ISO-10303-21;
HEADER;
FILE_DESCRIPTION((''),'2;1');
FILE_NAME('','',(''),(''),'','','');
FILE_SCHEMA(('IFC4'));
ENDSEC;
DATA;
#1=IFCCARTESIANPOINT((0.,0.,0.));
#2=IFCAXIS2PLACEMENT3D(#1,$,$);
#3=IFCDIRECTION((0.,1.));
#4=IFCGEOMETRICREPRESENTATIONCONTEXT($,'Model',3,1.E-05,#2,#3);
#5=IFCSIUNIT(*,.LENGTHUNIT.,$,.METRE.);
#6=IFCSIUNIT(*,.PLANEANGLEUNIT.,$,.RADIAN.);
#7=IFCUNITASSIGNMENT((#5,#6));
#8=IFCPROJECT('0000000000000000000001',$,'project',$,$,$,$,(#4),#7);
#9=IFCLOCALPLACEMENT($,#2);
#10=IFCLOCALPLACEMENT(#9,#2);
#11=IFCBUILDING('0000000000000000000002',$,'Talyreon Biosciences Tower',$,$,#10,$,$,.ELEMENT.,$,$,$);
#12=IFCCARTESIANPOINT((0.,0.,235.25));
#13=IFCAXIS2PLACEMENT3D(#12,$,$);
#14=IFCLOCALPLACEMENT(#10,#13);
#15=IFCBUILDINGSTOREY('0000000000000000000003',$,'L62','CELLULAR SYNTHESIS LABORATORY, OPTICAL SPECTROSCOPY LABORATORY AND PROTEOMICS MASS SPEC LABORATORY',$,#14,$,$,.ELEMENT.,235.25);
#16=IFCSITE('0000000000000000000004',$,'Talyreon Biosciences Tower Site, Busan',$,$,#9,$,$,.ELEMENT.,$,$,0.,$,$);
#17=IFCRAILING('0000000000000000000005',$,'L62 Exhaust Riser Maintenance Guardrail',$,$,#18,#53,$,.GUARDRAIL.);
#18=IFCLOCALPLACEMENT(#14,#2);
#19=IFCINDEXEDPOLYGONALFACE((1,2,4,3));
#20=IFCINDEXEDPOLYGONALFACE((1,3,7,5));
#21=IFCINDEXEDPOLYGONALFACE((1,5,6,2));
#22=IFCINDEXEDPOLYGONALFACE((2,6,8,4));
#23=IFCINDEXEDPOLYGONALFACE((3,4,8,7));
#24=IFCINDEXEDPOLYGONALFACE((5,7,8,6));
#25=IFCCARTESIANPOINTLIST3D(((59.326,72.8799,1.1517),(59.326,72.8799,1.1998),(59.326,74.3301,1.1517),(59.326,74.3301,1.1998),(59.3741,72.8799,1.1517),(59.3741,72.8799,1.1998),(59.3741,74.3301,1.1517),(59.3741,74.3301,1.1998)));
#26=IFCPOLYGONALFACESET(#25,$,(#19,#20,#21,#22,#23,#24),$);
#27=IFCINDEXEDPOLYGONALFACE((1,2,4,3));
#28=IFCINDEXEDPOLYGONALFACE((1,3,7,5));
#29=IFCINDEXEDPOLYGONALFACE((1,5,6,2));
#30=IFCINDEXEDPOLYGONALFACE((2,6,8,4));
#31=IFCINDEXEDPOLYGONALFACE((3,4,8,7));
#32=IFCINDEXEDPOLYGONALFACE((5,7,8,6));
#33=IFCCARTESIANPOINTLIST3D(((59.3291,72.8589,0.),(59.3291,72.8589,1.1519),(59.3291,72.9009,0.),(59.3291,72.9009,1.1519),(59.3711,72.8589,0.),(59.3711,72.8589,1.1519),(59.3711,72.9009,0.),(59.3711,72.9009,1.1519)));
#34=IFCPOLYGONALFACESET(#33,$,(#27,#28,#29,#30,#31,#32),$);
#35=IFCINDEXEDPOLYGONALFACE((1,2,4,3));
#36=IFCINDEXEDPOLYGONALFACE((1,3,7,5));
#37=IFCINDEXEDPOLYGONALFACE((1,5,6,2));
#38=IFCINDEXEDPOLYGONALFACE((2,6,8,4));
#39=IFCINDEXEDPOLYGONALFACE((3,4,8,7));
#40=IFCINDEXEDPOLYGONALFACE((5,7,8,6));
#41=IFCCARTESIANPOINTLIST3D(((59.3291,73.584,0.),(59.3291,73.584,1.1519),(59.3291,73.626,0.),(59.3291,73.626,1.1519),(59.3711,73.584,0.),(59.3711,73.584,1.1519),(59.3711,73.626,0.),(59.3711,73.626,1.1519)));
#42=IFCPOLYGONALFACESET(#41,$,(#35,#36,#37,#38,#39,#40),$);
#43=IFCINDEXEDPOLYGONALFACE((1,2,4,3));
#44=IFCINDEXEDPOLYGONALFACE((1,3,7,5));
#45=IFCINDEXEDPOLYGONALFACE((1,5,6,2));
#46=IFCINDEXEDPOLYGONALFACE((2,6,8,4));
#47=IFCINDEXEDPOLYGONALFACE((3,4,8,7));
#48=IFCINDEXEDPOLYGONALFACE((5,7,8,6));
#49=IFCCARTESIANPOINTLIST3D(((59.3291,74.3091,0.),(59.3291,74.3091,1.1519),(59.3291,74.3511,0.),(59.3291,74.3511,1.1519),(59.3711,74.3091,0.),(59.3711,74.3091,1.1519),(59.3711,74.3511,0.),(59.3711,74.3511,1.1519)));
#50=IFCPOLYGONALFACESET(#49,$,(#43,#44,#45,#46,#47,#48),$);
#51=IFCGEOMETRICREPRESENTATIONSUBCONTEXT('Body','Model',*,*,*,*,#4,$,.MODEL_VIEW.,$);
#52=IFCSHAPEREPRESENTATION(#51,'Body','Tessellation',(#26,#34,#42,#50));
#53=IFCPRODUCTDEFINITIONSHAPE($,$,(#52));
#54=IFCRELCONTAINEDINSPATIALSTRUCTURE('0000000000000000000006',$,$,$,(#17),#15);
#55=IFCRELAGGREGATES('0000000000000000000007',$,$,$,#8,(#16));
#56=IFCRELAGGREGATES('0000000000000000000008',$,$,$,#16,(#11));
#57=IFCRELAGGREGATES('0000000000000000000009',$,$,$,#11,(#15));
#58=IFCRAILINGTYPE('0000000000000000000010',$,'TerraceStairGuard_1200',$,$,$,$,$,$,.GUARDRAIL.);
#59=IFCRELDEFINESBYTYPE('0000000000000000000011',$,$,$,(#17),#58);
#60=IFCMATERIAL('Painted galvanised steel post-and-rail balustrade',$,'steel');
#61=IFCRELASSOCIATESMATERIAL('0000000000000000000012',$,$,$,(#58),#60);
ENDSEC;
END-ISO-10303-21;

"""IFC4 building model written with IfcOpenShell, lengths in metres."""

from ifc_helpers import new_model, si_unit, direction, frame, origin, origin_2d, place, context, subcontext, project, spatial, rectangle, extrude, material, type_object, element, save


model = new_model("IFC4")

# Units and contexts
model_context = context("Model", 3, precision=1e-05, world=origin(), true_north=direction((0.0, 1.0)))
body_context = subcontext(model_context, "Body", "Model", "MODEL_VIEW")
ifc_project = project(units=[si_unit("LENGTHUNIT", "METRE"), si_unit("PLANEANGLEUNIT", "RADIAN")], contexts=[model_context])

# Site, building, storey
site_placement = place(None, origin())
site = spatial("IfcSite", under=ifc_project, at=site_placement, Name="Talyreon Biosciences Tower Site, Busan", CompositionType="ELEMENT", RefElevation=0.0)
building_placement = place(site_placement, origin())
building = spatial("IfcBuilding", under=site, at=building_placement, Name="Talyreon Biosciences Tower", CompositionType="ELEMENT")
storey_placement = place(building_placement, frame((0.0, 0.0, 235.25)))
storey = spatial("IfcBuildingStorey", under=building, at=storey_placement, Name="L62", Description="CELLULAR SYNTHESIS LABORATORY, OPTICAL SPECTROSCOPY LABORATORY AND PROTEOMICS MASS SPEC LABORATORY", CompositionType="ELEMENT", Elevation=235.25)

# Railing
ifc_material_1 = material(Name="Painted galvanised steel post-and-rail balustrade", Category="steel")
railing_type = type_object("IfcRailingType", Name="TerraceStairGuard_1200", PredefinedType="GUARDRAIL", material=ifc_material_1)
railing_placement = place(storey_placement, frame((59.3501, 72.8799, 0.0)))
element("IfcRailing", 1, at=railing_placement, inside=storey, type_object=railing_type, Name="L62 Exhaust Riser Maintenance Guardrail", PredefinedType="GUARDRAIL", context=body_context, shape_type="SweptSolid", body=[
    extrude(rectangle(XDim=0.0481, YDim=0.0481, at=origin_2d()), frame((0.0, 0.0, 1.1758), z_axis=(0.0, 1.0, 0.0), x_axis=(-1.0, 0.0, 0.0)), (0.0, 0.0, 1.0), 1.4502),
    extrude(rectangle(XDim=0.042, YDim=0.042, at=origin_2d()), origin(), (0.0, 0.0, 1.0), 1.1519),
    extrude(rectangle(XDim=0.042, YDim=0.042, at=origin_2d()), frame((0.0, 0.7251, 0.0)), (0.0, 0.0, 1.0), 1.1519),
    extrude(rectangle(XDim=0.042, YDim=0.042, at=origin_2d()), frame((0.0, 1.4502, 0.0)), (0.0, 0.0, 1.0), 1.1519),
])

save(model, "model.ifc")
